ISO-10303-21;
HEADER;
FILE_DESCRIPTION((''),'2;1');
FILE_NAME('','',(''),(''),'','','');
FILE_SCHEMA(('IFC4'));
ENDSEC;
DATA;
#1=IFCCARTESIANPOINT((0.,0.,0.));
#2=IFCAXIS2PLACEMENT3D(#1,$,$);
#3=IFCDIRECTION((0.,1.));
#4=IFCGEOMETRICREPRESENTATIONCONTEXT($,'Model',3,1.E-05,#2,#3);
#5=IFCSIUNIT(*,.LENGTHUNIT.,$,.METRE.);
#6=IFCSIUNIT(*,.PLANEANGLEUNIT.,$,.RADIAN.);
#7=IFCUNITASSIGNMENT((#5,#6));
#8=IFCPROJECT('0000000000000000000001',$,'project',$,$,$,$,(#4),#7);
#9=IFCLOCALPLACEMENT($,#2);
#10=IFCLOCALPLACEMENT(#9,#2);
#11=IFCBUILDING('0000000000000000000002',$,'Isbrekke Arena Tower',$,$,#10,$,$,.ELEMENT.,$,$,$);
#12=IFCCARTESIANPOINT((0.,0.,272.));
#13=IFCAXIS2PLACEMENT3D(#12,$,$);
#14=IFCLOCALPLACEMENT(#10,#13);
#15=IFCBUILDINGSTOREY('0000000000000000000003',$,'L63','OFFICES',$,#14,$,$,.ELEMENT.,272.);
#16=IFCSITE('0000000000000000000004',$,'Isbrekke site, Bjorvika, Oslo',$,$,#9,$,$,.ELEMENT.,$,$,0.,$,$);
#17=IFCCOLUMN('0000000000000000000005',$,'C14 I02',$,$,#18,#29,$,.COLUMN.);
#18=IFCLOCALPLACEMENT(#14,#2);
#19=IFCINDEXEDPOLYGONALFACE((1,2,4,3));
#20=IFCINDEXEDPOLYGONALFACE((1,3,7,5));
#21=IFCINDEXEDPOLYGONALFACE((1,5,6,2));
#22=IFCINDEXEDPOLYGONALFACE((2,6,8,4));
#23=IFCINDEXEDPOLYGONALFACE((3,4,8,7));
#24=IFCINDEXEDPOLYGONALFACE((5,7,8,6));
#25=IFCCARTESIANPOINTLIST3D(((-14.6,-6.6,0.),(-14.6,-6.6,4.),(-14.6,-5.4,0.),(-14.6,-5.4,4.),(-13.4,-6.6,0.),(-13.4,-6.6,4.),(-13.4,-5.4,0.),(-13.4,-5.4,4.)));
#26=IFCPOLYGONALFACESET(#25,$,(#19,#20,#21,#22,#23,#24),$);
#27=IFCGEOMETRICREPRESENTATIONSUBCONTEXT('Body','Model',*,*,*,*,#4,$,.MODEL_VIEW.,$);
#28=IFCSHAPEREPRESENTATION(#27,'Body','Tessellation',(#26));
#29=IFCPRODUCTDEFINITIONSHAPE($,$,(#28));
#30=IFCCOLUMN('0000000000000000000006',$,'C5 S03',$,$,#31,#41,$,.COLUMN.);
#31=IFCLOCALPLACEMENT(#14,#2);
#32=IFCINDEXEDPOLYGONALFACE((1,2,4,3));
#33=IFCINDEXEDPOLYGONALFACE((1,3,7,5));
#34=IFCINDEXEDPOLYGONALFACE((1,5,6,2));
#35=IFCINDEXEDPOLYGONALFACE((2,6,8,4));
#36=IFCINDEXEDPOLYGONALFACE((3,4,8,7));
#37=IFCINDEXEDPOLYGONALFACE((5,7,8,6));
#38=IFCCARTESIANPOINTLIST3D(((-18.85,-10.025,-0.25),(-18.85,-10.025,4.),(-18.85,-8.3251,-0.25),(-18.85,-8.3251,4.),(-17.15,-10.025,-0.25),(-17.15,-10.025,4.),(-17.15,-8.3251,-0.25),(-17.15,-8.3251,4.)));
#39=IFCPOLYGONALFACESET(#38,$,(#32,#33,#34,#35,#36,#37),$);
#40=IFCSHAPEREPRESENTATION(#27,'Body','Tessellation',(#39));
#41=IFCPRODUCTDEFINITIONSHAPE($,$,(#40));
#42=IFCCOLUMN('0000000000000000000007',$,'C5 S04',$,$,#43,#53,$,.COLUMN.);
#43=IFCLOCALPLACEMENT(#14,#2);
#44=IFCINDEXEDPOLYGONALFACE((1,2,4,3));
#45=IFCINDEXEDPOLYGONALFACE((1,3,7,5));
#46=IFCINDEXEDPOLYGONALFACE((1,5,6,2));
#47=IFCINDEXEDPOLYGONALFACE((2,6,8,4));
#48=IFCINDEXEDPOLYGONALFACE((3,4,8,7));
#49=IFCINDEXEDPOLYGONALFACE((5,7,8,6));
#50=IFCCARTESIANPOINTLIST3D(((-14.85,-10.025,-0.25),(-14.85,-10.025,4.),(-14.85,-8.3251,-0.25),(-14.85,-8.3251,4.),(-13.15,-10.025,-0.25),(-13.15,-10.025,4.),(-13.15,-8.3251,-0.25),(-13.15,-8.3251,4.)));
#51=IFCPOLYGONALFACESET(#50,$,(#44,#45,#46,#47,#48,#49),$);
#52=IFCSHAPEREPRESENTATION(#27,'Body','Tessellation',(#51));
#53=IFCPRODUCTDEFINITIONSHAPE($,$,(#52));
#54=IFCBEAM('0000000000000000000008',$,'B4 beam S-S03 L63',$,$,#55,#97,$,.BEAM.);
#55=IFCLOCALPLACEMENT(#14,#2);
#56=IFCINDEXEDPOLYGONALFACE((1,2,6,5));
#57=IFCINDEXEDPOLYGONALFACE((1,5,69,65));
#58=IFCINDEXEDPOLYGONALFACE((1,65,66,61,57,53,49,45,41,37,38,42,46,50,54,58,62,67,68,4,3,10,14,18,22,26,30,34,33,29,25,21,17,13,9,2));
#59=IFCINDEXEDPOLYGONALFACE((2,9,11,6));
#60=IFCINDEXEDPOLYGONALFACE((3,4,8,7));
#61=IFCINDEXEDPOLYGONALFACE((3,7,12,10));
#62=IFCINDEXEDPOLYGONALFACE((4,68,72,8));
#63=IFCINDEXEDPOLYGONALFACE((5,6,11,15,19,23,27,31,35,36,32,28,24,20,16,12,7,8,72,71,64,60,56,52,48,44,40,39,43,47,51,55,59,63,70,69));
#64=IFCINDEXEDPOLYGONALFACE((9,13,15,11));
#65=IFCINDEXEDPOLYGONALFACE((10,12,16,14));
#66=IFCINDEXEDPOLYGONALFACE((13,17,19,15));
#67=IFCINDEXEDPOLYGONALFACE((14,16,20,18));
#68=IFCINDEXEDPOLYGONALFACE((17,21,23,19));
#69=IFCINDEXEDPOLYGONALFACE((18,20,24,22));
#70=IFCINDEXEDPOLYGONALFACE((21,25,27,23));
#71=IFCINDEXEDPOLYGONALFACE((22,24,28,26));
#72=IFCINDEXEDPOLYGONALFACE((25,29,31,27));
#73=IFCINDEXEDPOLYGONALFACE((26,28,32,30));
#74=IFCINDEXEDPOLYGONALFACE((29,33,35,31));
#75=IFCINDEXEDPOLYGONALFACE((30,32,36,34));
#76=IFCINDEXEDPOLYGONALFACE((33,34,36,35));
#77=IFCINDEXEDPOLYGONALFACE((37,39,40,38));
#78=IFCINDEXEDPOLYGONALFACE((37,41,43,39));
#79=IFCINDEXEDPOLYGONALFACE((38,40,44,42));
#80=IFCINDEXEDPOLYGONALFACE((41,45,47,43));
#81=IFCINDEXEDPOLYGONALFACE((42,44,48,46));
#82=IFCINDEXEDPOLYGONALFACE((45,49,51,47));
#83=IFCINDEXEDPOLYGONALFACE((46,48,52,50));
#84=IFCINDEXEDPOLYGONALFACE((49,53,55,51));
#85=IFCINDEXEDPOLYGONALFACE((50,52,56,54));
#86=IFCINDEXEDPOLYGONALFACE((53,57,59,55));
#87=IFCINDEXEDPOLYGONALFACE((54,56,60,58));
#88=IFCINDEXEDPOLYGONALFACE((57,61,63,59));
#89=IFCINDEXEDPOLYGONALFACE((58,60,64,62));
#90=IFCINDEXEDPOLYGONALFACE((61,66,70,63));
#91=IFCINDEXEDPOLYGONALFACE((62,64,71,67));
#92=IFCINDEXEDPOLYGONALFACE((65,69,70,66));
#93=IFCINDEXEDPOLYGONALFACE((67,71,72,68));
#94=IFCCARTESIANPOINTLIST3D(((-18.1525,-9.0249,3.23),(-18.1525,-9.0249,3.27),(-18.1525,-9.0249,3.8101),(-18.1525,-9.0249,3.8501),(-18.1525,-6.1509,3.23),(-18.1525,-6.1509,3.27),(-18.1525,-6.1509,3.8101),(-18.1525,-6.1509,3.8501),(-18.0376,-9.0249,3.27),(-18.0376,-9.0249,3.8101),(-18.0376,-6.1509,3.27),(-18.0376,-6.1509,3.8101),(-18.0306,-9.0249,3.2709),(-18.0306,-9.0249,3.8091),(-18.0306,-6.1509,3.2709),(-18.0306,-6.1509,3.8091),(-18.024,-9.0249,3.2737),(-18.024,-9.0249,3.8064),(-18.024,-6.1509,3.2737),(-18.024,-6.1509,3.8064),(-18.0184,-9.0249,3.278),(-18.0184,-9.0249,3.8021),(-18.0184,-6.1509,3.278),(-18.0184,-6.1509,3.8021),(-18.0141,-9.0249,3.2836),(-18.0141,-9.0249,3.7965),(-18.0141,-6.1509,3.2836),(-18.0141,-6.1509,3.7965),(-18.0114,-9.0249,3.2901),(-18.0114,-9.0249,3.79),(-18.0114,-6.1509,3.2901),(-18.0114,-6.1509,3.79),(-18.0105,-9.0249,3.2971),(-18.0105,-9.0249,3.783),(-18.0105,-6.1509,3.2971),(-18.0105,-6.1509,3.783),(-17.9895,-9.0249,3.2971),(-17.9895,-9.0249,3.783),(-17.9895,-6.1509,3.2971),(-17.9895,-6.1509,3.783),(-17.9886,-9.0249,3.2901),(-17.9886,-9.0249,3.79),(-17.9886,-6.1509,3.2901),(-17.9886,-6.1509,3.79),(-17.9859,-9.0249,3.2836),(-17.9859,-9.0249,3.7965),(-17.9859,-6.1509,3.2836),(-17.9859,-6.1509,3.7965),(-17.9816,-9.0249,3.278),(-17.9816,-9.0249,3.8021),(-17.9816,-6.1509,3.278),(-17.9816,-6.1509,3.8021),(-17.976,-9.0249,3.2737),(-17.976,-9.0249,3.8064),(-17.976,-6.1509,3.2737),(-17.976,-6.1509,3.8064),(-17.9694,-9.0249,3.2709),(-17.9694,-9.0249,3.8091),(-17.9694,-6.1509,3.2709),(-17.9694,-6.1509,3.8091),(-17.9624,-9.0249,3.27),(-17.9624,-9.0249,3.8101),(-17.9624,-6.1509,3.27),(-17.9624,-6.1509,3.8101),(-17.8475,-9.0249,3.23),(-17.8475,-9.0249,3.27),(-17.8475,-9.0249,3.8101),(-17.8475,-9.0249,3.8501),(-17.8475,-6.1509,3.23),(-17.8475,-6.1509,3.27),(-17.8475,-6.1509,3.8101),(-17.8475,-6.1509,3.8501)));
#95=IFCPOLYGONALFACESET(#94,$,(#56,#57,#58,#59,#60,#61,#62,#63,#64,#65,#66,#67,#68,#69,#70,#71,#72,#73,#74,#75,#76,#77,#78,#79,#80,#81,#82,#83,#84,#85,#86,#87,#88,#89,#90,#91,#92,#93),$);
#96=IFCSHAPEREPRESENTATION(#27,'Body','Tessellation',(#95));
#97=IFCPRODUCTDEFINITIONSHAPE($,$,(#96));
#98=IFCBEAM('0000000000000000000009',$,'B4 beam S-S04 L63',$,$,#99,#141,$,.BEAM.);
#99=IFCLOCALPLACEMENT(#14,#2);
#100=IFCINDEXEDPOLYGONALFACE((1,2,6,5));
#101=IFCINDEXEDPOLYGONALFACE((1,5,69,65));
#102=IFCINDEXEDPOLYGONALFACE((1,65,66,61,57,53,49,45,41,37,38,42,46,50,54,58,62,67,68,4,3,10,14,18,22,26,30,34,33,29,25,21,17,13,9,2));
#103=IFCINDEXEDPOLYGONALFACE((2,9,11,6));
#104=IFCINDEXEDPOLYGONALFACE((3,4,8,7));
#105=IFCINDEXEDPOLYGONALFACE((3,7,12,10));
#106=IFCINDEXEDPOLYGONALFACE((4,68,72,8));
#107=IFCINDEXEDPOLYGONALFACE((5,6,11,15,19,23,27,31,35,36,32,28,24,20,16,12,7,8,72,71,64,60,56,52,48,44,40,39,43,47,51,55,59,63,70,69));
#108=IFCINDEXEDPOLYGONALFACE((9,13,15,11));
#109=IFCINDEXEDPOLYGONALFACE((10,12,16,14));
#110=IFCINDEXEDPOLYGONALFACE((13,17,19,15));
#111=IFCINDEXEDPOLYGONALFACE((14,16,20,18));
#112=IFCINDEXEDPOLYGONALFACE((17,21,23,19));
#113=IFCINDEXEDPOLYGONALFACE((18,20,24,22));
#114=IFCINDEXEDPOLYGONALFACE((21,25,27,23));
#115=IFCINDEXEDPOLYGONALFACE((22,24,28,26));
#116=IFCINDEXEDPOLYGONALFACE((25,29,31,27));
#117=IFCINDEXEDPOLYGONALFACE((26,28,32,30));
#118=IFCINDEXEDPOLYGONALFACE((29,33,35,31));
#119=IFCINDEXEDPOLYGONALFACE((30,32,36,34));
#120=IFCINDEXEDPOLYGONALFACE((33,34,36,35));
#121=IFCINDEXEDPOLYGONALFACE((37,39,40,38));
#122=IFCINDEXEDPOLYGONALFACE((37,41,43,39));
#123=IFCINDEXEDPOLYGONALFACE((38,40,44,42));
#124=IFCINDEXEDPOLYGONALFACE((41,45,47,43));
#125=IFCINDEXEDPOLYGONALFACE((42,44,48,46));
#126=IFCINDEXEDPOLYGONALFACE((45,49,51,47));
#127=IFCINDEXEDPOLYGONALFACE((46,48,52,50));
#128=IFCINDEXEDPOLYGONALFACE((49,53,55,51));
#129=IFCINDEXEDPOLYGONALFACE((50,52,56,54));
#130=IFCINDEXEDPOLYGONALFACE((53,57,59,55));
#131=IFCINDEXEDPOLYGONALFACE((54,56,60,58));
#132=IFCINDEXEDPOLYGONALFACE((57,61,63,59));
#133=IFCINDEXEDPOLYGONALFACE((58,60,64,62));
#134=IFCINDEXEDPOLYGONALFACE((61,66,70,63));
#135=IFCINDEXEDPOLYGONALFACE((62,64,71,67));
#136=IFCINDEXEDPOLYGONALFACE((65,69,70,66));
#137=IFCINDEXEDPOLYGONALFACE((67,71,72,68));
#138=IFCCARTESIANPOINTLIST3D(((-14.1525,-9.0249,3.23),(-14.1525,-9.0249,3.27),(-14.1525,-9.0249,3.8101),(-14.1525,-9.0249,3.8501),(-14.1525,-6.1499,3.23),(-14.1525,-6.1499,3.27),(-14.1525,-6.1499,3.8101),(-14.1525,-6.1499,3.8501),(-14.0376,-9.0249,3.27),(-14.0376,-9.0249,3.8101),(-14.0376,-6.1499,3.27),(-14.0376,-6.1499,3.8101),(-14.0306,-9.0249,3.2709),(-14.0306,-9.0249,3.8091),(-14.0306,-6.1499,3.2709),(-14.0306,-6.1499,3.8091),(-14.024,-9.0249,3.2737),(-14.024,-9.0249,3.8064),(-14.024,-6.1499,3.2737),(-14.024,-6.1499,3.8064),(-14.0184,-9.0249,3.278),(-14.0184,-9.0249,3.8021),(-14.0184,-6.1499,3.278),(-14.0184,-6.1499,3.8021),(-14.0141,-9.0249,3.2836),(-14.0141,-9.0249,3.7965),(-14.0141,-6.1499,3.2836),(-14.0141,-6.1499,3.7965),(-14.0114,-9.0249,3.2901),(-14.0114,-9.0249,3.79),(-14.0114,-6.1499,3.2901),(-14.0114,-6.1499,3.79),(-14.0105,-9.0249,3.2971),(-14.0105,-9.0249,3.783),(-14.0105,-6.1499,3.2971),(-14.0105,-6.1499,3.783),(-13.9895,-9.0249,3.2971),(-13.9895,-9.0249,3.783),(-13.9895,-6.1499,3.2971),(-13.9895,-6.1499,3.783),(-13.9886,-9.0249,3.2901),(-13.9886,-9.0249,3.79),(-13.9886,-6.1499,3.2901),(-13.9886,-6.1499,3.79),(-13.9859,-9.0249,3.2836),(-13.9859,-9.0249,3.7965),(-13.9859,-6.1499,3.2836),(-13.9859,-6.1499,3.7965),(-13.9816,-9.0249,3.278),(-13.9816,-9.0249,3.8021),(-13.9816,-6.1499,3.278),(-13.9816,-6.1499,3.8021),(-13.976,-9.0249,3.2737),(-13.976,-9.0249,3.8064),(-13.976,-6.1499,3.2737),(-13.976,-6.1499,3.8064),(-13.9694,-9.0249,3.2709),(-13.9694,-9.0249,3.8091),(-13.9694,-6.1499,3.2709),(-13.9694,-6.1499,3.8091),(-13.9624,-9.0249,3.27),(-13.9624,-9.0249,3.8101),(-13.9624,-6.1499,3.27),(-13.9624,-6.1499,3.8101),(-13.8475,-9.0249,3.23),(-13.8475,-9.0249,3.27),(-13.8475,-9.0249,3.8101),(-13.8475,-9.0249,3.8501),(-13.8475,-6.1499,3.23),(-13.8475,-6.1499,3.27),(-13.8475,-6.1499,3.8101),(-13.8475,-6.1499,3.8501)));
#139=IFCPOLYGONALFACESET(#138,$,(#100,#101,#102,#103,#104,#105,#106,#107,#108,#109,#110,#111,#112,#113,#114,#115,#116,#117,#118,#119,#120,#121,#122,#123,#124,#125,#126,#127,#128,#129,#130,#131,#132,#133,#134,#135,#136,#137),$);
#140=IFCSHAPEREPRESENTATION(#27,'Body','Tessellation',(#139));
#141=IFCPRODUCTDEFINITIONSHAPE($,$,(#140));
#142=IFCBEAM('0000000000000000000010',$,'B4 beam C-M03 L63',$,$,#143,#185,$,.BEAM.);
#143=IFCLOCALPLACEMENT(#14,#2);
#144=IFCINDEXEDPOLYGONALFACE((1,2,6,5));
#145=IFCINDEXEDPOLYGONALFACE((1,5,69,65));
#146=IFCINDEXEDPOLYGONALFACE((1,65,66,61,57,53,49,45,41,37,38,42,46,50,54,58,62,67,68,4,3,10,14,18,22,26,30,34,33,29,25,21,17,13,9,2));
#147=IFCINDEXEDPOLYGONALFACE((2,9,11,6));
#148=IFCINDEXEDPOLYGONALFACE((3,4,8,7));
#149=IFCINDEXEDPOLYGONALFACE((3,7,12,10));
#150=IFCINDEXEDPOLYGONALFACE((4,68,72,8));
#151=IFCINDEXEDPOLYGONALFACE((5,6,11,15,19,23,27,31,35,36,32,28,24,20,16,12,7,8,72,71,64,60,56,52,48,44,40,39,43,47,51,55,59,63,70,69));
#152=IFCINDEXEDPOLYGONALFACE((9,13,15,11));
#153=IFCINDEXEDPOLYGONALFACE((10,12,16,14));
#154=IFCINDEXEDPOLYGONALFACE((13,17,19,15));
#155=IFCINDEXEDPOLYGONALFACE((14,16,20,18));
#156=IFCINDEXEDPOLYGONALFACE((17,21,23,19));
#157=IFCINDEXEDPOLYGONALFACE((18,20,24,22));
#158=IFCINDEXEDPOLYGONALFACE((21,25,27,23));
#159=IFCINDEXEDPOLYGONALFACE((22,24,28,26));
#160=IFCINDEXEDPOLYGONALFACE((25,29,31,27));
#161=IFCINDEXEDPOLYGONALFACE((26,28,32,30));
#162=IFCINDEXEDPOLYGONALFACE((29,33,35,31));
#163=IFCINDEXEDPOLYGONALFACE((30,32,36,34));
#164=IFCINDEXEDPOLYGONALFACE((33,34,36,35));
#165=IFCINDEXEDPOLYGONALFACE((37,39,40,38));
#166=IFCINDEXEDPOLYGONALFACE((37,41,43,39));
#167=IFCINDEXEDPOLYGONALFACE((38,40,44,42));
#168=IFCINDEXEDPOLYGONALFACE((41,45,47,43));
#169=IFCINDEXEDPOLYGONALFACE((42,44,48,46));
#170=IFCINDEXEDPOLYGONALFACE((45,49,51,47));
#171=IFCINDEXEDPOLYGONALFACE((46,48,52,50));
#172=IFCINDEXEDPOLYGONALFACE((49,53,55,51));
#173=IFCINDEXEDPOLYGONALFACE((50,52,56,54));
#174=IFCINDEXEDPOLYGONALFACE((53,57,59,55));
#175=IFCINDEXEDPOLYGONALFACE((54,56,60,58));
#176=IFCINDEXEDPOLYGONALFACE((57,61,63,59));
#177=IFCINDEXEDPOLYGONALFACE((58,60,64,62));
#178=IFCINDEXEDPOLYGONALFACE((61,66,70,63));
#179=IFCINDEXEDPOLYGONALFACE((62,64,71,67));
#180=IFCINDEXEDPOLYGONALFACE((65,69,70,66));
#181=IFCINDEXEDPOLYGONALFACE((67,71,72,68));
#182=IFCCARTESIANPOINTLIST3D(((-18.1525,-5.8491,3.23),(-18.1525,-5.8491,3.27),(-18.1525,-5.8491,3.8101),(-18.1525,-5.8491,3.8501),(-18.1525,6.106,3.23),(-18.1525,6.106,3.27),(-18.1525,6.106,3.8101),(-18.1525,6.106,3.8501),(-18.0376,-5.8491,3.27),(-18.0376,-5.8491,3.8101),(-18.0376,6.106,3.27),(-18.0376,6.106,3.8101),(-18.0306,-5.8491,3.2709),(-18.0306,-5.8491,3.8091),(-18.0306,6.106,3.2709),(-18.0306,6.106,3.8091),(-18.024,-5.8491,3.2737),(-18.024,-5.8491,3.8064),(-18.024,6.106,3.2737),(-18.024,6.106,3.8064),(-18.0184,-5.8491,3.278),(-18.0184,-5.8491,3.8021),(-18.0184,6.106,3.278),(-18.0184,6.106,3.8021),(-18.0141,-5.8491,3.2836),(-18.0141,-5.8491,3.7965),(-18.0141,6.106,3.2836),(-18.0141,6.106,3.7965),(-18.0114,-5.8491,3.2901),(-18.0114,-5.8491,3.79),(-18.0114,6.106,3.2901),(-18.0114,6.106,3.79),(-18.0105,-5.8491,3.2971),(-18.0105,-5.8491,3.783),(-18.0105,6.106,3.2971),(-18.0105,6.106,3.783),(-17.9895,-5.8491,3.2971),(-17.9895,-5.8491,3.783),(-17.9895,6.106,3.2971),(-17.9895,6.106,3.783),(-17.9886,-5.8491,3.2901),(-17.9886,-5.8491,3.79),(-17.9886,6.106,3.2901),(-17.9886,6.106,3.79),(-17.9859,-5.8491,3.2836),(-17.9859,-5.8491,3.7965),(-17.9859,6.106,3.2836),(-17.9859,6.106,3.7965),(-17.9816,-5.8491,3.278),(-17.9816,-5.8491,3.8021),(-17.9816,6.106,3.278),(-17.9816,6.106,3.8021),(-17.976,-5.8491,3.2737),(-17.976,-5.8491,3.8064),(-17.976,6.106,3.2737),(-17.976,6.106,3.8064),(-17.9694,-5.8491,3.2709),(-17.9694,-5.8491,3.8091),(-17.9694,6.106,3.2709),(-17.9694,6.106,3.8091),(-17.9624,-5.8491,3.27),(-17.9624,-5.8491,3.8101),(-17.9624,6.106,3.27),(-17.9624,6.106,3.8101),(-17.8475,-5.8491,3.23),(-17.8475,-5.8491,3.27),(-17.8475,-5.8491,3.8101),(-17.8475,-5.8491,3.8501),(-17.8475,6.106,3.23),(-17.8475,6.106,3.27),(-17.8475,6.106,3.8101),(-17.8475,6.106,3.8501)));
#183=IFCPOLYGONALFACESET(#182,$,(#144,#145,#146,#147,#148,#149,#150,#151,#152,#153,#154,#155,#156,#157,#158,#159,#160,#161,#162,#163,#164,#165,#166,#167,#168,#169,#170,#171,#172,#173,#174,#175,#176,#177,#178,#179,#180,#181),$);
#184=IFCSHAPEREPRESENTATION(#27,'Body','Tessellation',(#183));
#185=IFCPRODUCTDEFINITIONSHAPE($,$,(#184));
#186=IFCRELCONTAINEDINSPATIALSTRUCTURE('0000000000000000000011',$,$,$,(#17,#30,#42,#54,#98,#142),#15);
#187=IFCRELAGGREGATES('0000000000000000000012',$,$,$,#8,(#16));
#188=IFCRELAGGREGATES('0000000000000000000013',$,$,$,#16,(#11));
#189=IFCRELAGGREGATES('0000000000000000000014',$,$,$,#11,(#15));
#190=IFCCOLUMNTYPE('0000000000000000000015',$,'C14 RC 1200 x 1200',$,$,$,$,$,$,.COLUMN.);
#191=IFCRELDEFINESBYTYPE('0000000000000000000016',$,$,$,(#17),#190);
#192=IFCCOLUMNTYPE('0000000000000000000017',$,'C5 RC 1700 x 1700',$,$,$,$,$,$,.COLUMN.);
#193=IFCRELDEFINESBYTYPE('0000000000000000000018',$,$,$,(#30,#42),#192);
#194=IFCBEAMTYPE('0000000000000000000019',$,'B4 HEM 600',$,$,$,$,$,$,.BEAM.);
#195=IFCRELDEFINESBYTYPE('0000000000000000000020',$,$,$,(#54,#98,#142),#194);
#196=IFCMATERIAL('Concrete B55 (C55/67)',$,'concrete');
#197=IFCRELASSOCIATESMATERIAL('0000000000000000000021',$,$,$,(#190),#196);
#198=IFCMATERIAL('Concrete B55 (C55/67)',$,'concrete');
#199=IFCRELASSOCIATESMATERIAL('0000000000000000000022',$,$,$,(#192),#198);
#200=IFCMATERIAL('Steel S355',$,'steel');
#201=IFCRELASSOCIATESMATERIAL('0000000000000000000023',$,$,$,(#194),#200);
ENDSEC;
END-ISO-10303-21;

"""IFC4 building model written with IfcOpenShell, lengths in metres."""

from ifc_helpers import new_model, si_unit, direction, frame, origin, origin_2d, place, context, subcontext, project, spatial, rectangle, i_section, extrude, material, material_profile, profile_set, type_object, element, save


model = new_model("IFC4")

# Units and contexts
model_context = context("Model", 3, precision=1e-05, world=origin(), true_north=direction((0.0, 1.0)))
body_context = subcontext(model_context, "Body", "Model", "MODEL_VIEW")
ifc_project = project(units=[si_unit("LENGTHUNIT", "METRE"), si_unit("PLANEANGLEUNIT", "RADIAN")], contexts=[model_context])

# Site, building, storey
site_placement = place(None, origin())
site = spatial("IfcSite", under=ifc_project, at=site_placement, Name="Isbrekke site, Bjorvika, Oslo", CompositionType="ELEMENT", RefElevation=0.0)
building_placement = place(site_placement, origin())
building = spatial("IfcBuilding", under=site, at=building_placement, Name="Isbrekke Arena Tower", CompositionType="ELEMENT")
storey_placement = place(building_placement, frame((0.0, 0.0, 272.0)))
storey = spatial("IfcBuildingStorey", under=building, at=storey_placement, Name="L63", Description="OFFICES", CompositionType="ELEMENT", Elevation=272.0)

# Columns
ifc_material_1 = material(Name="Concrete B55 (C55/67)", Category="concrete")
ifc_material_profile_1 = material_profile(ifc_material_1, rectangle(XDim=1.2, YDim=1.2, at=origin_2d()), Name="RC 1200x1200")
ifc_profile_set_1 = profile_set([ifc_material_profile_1], Name="Concrete B55 (C55/67)")
column_type_1 = type_object("IfcColumnType", Name="C14 RC 1200 x 1200", PredefinedType="COLUMN", material=ifc_profile_set_1)
column_placement = place(storey_placement, frame((-14.0, -6.0, 0.0), z_axis=(0.0, 0.0, 1.0), x_axis=(1.0, 0.0, 0.0)))
element("IfcColumn", 1, at=column_placement, inside=storey, type_object=column_type_1, Name="C14 I02", PredefinedType="COLUMN", context=body_context, shape_type="SweptSolid", body=[
    extrude(rectangle(XDim=1.2, YDim=1.2, at=origin_2d()), origin(), (0.0, 0.0, 1.0), 4.0),
])
ifc_material_2 = material(Name="Concrete B55 (C55/67)", Category="concrete")
ifc_material_profile_2 = material_profile(ifc_material_2, rectangle(XDim=1.7, YDim=1.7, at=origin_2d()), Name="RC 1700x1700")
ifc_profile_set_2 = profile_set([ifc_material_profile_2], Name="Concrete B55 (C55/67)")
column_type_2 = type_object("IfcColumnType", Name="C5 RC 1700 x 1700", PredefinedType="COLUMN", material=ifc_profile_set_2)
for number, where, z_axis, x_axis, name in (
    (2, (-18.0, -9.175, -0.25), (0.0, 0.0, 1.0), (1.0, 0.0, 0.0), "C5 S03"),
    (3, (-14.0, -9.175, -0.25), (0.0, 0.0, 1.0), (1.0, 0.0, 0.0), "C5 S04"),
):
    element("IfcColumn", number, at=place(storey_placement, frame(where, z_axis=z_axis, x_axis=x_axis)), inside=storey, type_object=column_type_2, Name=name, PredefinedType="COLUMN", context=body_context, shape_type="SweptSolid", body=[
        extrude(rectangle(XDim=1.7, YDim=1.7, at=origin_2d()), origin(), (0.0, 0.0, 1.0), 4.25),
    ])

# Beams
ifc_material_3 = material(Name="Steel S355", Category="steel")
ifc_material_profile_3 = material_profile(ifc_material_3, i_section(OverallWidth=0.3049, OverallDepth=0.6201, WebThickness=0.021, FlangeThickness=0.04, FilletRadius=0.0271, at=origin_2d()), Name="HEM 600")
ifc_profile_set_3 = profile_set([ifc_material_profile_3], Name="Steel S355")
beam_type_1 = type_object("IfcBeamType", Name="B4 HEM 600", PredefinedType="BEAM", material=ifc_profile_set_3)
beam_1_placement = place(storey_placement, frame((-18.0, -9.0249, 3.54), z_axis=(0.0, 1.0, 0.0), x_axis=(-1.0, 0.0, 0.0)))
element("IfcBeam", 4, at=beam_1_placement, inside=storey, type_object=beam_type_1, Name="B4 beam S-S03 L63", PredefinedType="BEAM", context=body_context, shape_type="SweptSolid", body=[
    extrude(i_section(OverallWidth=0.3049, OverallDepth=0.6201, WebThickness=0.021, FlangeThickness=0.04, FilletRadius=0.0271, at=origin_2d()), origin(), (0.0, 0.0, 1.0), 2.874),
])
beam_2_placement = place(storey_placement, frame((-14.0, -9.0249, 3.54), z_axis=(0.0, 1.0, 0.0), x_axis=(-1.0, 0.0, 0.0)))
element("IfcBeam", 5, at=beam_2_placement, inside=storey, type_object=beam_type_1, Name="B4 beam S-S04 L63", PredefinedType="BEAM", context=body_context, shape_type="SweptSolid", body=[
    extrude(i_section(OverallWidth=0.3049, OverallDepth=0.6201, WebThickness=0.021, FlangeThickness=0.04, FilletRadius=0.0271, at=origin_2d()), origin(), (0.0, 0.0, 1.0), 2.875),
])
beam_3_placement = place(storey_placement, frame((-18.0, -5.8491, 3.54), z_axis=(0.0, 1.0, 0.0), x_axis=(-1.0, 0.0, 0.0)))
element("IfcBeam", 6, at=beam_3_placement, inside=storey, type_object=beam_type_1, Name="B4 beam C-M03 L63", PredefinedType="BEAM", context=body_context, shape_type="SweptSolid", body=[
    extrude(i_section(OverallWidth=0.3049, OverallDepth=0.6201, WebThickness=0.021, FlangeThickness=0.04, FilletRadius=0.0271, at=origin_2d()), origin(), (0.0, 0.0, 1.0), 11.9551),
])

save(model, "model.ifc")
